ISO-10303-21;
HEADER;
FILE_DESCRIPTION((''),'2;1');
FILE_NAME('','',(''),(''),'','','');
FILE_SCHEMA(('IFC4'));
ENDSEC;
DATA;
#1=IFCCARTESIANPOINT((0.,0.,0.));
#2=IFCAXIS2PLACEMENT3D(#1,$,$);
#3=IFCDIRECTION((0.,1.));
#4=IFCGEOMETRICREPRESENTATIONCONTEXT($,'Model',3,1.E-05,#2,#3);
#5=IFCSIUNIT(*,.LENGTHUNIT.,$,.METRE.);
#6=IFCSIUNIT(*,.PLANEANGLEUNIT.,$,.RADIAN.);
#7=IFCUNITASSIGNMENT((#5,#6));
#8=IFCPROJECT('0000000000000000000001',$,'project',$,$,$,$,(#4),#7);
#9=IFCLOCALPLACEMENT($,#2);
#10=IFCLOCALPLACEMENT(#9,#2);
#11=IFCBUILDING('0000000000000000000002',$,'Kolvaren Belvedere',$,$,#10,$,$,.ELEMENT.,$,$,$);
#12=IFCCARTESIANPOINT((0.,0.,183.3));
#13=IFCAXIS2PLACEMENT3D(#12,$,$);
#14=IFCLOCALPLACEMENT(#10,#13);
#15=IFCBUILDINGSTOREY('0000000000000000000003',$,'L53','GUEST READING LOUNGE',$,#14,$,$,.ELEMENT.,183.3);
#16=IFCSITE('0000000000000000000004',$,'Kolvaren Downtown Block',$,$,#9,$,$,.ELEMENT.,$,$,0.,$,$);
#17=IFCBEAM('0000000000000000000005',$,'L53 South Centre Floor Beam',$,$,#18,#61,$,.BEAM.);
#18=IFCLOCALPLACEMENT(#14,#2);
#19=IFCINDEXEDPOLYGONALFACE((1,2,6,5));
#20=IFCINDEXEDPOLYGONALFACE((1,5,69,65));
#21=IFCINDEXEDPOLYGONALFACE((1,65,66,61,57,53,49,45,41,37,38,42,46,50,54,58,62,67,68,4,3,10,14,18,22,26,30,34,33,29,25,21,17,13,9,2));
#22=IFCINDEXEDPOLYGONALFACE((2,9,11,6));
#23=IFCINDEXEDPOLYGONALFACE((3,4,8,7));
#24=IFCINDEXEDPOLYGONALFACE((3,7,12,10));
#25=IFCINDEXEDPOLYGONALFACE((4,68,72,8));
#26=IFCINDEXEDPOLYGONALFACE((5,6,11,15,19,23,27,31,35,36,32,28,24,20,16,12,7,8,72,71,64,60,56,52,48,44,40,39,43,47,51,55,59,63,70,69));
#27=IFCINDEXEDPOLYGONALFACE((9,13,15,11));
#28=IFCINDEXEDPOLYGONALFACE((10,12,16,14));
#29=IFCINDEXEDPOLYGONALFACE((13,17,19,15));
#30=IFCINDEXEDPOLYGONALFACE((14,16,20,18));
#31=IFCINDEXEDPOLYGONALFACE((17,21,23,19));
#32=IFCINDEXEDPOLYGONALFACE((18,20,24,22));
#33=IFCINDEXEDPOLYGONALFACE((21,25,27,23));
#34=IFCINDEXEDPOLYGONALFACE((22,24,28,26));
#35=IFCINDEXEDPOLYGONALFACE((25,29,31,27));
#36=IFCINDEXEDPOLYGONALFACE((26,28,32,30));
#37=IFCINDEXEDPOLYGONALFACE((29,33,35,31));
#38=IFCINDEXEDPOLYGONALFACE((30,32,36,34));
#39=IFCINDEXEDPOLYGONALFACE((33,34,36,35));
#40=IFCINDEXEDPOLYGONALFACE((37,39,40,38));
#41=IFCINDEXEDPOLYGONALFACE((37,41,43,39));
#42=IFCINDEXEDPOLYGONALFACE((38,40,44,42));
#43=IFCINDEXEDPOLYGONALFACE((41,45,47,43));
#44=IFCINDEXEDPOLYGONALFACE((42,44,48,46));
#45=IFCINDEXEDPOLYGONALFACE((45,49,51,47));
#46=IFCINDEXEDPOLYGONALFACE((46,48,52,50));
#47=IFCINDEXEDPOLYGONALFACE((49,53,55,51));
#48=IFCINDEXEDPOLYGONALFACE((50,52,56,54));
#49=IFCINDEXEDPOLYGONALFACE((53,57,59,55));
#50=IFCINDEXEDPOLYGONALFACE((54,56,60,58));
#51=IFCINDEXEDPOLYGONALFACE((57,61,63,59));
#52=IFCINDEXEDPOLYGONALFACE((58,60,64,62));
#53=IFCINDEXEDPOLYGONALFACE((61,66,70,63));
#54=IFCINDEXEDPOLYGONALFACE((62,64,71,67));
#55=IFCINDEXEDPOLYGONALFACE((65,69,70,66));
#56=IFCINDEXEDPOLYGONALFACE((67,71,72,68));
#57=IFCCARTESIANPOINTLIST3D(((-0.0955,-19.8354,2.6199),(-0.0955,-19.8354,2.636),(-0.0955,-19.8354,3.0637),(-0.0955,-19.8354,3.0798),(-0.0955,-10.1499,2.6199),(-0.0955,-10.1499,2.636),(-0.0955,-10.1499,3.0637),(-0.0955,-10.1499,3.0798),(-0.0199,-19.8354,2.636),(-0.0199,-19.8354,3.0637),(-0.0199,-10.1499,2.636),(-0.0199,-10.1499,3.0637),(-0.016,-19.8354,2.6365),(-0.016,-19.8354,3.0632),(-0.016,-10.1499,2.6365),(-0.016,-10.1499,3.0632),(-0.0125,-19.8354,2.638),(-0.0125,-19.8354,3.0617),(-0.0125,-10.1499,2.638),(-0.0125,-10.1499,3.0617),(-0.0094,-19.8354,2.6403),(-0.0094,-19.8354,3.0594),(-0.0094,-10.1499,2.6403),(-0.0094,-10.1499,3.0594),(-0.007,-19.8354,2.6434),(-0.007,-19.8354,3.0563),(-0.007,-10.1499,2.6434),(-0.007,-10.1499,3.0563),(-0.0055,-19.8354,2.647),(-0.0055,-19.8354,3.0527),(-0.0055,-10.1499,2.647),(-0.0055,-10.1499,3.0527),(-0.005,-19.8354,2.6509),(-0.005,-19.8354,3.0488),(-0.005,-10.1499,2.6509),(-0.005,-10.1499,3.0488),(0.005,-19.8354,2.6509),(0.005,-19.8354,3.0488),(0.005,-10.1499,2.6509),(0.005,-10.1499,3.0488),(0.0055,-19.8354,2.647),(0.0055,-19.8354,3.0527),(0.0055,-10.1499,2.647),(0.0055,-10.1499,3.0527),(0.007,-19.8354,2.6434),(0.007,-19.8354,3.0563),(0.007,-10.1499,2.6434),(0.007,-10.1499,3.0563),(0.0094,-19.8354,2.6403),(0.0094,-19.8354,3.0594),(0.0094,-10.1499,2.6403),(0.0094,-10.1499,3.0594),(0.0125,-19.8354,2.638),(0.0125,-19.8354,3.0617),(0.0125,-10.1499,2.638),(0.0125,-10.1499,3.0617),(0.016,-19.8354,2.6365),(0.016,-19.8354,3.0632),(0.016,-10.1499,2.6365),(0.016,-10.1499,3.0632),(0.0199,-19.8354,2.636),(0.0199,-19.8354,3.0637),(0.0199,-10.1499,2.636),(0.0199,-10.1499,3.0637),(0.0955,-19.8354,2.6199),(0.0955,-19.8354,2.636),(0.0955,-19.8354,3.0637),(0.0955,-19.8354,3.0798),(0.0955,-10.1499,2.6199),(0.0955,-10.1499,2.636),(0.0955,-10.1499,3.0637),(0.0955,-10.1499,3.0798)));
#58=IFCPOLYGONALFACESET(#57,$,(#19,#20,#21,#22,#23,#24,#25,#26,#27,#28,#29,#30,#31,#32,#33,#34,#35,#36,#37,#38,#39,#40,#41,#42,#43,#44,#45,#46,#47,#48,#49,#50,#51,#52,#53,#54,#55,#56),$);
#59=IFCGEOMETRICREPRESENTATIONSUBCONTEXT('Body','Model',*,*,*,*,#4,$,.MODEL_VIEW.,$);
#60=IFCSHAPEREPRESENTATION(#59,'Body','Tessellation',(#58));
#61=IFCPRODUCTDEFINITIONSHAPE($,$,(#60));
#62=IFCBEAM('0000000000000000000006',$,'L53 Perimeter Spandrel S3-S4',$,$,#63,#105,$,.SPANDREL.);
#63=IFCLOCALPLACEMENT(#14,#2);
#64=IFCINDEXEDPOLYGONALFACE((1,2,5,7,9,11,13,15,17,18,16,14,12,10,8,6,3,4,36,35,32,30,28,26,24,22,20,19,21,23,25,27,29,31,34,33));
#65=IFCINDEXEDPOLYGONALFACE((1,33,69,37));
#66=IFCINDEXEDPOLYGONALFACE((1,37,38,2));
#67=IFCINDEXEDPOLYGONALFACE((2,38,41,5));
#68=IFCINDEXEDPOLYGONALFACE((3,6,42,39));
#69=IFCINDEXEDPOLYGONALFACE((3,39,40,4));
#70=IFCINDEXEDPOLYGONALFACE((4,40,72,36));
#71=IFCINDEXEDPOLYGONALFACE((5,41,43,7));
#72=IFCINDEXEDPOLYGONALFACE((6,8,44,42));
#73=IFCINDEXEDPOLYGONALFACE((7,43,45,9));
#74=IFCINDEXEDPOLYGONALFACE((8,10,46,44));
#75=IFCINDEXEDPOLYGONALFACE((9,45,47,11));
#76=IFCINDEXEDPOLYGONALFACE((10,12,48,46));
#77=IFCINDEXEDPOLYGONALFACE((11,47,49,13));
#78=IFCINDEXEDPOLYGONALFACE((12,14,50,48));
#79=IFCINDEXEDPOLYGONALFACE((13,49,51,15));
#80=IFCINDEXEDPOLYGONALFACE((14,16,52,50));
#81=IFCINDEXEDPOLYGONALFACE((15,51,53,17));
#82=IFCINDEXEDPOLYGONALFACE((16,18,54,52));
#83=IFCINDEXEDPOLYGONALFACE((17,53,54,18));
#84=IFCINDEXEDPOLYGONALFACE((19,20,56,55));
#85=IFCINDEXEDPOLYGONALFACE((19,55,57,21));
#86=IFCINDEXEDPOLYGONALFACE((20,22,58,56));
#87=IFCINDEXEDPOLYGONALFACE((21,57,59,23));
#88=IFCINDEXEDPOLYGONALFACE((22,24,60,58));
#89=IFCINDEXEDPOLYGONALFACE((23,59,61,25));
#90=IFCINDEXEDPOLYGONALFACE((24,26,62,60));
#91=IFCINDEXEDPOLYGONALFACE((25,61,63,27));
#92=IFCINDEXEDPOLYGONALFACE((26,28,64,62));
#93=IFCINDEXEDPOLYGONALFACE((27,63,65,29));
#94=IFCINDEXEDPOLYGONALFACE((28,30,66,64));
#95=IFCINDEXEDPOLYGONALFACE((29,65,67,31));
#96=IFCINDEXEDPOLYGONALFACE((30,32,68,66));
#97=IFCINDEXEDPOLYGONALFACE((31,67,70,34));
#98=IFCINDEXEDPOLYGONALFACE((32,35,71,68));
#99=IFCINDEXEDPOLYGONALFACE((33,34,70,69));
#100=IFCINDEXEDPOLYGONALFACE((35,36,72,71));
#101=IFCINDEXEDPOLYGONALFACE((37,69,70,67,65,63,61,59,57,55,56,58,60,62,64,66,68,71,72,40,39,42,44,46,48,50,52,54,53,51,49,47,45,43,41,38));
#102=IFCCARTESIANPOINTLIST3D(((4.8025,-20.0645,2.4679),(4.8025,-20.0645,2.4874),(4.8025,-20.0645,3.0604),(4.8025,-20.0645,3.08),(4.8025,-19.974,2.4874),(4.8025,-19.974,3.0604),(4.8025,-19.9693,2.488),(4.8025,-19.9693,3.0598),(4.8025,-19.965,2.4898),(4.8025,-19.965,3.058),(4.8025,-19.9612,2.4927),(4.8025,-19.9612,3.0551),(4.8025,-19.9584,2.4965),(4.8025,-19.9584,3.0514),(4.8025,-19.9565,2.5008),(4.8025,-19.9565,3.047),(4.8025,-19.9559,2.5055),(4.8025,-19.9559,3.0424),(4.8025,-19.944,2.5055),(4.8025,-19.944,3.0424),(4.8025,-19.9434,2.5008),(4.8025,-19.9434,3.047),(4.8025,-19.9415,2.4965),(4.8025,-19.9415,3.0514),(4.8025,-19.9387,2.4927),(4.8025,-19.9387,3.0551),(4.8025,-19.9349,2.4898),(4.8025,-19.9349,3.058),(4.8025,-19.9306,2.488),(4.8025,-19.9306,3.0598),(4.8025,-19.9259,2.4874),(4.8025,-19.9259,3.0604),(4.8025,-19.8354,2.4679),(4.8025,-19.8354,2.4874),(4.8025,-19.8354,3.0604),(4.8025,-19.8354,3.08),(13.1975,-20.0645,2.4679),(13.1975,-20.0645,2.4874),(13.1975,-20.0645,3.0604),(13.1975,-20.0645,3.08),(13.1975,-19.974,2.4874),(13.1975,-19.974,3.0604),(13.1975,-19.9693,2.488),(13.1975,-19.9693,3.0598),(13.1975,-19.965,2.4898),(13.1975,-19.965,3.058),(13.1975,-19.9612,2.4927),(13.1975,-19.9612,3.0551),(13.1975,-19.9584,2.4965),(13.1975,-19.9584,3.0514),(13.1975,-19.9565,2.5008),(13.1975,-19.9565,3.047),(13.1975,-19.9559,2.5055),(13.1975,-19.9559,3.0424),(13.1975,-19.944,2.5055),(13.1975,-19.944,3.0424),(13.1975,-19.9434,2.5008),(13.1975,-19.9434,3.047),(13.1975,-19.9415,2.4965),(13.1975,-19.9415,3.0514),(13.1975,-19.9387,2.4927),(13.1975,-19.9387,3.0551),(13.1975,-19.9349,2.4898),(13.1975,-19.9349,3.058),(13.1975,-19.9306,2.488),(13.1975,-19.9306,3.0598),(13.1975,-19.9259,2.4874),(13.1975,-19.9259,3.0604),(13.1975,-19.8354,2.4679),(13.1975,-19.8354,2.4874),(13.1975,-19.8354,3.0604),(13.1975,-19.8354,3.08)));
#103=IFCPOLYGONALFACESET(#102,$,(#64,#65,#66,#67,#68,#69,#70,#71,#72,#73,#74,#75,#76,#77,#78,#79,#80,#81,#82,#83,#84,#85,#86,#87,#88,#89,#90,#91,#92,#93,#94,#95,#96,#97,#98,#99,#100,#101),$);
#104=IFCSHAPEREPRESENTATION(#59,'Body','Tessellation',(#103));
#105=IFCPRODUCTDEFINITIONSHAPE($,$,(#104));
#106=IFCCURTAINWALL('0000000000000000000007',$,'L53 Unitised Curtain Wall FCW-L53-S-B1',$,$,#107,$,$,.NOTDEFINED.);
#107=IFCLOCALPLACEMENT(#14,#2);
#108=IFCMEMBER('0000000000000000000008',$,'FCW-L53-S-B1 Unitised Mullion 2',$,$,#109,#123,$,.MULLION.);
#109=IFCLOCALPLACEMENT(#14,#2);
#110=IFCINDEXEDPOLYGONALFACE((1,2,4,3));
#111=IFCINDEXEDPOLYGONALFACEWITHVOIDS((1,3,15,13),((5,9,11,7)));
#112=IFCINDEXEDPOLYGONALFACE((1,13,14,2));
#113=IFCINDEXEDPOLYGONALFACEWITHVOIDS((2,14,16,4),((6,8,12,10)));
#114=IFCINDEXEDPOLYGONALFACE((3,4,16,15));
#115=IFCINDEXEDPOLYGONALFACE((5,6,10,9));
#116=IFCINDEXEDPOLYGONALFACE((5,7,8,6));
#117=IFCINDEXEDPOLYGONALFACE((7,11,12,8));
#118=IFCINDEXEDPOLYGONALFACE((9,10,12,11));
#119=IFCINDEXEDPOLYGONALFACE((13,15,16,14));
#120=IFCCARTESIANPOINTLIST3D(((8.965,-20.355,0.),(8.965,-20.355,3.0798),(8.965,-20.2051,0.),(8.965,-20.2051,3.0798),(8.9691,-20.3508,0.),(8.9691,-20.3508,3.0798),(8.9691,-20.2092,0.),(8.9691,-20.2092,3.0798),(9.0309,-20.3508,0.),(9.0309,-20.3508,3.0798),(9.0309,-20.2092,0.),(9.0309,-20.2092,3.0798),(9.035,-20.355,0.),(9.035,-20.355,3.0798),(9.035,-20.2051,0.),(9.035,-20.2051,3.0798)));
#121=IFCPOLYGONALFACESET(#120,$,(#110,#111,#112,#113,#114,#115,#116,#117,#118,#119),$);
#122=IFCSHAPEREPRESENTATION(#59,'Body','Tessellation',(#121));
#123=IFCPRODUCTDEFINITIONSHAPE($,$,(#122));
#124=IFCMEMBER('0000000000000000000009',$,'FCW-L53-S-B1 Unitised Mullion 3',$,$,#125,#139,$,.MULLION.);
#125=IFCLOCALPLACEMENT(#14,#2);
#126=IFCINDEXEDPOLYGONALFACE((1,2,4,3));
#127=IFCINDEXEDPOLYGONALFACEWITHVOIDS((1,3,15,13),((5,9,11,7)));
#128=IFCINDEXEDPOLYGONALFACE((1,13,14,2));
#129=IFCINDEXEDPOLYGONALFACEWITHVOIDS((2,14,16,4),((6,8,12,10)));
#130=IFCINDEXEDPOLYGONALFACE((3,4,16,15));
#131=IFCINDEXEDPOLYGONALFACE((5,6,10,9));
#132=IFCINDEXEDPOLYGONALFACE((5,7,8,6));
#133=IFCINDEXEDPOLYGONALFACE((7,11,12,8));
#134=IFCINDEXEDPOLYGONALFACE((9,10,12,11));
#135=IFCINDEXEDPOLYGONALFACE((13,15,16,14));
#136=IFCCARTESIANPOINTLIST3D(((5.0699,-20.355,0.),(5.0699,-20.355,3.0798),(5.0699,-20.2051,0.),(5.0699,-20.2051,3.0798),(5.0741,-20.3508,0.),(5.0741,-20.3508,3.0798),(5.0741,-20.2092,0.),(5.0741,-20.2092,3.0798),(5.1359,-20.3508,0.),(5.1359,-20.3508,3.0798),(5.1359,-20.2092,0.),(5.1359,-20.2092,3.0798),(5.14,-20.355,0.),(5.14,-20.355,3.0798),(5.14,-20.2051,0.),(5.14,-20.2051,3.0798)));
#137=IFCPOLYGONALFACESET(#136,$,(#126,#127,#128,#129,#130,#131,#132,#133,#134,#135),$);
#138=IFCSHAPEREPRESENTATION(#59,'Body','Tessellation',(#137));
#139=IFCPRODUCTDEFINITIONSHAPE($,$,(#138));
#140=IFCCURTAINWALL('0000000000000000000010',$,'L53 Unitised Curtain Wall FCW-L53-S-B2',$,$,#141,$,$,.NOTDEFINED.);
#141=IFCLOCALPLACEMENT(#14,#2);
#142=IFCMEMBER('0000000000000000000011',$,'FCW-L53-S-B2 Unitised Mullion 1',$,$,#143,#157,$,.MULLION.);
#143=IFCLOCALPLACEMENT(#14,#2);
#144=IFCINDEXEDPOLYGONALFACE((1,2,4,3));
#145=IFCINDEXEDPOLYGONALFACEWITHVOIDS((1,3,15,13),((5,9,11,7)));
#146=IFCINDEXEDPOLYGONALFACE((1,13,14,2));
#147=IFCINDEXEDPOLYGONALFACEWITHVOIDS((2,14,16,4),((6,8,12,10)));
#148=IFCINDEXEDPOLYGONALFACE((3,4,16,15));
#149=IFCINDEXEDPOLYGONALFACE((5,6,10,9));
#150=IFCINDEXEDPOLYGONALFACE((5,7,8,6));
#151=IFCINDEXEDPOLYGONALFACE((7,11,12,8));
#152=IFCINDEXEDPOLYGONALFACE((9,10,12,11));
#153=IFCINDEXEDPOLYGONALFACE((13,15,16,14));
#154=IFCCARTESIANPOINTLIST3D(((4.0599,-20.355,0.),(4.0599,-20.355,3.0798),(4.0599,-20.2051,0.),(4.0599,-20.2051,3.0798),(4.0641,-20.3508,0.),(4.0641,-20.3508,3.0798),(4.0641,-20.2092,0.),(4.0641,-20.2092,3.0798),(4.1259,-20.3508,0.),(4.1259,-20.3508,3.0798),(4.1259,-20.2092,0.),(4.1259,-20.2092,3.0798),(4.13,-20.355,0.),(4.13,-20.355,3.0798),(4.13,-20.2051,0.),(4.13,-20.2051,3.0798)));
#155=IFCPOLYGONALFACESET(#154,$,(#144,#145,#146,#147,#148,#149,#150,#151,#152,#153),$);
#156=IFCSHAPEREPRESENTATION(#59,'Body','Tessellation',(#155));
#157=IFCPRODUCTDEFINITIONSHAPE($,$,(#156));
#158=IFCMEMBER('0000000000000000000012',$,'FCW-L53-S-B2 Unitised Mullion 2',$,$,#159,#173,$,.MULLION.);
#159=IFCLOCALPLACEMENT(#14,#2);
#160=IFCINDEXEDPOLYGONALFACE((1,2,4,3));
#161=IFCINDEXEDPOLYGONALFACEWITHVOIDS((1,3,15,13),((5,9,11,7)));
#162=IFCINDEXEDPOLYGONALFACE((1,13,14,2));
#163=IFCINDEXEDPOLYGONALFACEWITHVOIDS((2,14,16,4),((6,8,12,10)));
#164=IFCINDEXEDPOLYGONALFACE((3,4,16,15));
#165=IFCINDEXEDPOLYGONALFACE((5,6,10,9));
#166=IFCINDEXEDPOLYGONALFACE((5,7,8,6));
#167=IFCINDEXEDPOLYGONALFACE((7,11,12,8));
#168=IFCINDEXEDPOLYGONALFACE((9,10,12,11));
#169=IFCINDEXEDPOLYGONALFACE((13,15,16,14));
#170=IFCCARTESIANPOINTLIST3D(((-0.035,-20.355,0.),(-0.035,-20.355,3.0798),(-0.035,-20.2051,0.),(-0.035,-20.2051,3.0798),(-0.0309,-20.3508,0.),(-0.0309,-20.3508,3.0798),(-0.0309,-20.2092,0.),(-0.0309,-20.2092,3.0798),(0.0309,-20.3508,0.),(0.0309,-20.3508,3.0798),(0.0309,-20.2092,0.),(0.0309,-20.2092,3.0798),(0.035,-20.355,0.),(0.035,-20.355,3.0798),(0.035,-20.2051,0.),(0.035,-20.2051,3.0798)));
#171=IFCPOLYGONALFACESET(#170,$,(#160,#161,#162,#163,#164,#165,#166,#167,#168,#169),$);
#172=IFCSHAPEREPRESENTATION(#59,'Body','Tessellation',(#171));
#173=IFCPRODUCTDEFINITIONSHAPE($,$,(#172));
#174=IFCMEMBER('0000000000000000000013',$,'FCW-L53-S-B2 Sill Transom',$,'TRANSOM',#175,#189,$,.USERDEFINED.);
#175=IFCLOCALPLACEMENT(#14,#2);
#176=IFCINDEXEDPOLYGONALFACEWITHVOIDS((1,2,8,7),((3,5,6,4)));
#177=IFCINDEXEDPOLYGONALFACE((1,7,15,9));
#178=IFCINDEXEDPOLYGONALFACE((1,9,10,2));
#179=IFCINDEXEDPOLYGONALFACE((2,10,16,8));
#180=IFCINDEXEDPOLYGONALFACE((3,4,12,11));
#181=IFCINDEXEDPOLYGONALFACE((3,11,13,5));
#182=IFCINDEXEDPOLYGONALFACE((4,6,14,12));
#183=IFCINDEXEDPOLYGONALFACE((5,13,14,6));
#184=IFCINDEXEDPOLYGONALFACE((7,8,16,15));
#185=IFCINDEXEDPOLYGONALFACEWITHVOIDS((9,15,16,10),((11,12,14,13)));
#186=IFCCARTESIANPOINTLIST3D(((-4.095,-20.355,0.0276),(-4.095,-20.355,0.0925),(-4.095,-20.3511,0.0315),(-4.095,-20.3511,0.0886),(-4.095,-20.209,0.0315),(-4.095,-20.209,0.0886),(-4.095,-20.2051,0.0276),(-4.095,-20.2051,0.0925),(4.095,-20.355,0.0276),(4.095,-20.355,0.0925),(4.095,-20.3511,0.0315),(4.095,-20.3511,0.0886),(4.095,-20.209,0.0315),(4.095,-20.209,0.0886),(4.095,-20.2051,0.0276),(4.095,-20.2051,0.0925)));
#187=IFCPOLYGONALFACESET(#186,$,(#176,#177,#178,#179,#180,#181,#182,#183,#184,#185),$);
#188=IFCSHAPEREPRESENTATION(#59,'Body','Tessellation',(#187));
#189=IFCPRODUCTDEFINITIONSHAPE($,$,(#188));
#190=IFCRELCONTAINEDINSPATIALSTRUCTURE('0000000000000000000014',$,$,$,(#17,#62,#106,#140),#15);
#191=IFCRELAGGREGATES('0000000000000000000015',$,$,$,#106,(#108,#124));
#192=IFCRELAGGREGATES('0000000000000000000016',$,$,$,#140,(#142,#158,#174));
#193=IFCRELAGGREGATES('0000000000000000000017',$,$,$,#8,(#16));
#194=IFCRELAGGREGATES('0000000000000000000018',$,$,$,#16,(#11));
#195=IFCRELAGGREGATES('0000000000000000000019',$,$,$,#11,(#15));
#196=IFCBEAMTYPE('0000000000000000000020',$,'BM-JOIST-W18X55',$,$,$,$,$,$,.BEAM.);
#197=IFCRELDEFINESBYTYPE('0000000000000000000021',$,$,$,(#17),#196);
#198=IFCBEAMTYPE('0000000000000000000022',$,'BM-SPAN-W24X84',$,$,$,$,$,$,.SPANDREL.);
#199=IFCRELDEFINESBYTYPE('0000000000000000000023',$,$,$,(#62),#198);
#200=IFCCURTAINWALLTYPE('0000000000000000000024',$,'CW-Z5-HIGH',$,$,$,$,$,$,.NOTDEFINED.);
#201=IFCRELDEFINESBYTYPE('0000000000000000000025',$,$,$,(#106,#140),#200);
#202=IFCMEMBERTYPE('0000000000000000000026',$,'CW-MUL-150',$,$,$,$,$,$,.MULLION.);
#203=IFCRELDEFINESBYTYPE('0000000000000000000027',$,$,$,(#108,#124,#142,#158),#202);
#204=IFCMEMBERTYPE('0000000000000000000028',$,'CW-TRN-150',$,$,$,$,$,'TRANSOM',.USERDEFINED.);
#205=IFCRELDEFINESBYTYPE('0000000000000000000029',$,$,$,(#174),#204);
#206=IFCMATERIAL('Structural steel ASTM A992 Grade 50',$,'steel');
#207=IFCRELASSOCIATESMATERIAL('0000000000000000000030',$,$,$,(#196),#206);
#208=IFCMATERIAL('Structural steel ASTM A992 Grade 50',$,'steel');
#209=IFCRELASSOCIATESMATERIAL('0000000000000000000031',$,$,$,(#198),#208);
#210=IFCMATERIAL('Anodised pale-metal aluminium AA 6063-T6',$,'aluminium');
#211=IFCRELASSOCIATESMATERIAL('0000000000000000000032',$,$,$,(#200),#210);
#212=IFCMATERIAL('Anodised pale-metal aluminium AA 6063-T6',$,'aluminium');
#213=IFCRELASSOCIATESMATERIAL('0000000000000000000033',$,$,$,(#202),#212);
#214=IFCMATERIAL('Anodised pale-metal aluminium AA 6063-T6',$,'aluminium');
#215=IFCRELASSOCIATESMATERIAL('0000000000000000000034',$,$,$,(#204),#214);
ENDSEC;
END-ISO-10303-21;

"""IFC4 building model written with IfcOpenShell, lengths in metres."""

from ifc_helpers import new_model, si_unit, direction, frame, origin, origin_2d, place, context, subcontext, project, spatial, hollow_rectangle, i_section, extrude, material, material_profile, profile_set, type_object, element, aggregate, save


model = new_model("IFC4")

# Units and contexts
model_context = context("Model", 3, precision=1e-05, world=origin(), true_north=direction((0.0, 1.0)))
body_context = subcontext(model_context, "Body", "Model", "MODEL_VIEW")
ifc_project = project(units=[si_unit("LENGTHUNIT", "METRE"), si_unit("PLANEANGLEUNIT", "RADIAN")], contexts=[model_context])

# Site, building, storey
site_placement = place(None, origin())
site = spatial("IfcSite", under=ifc_project, at=site_placement, Name="Kolvaren Downtown Block", CompositionType="ELEMENT", RefElevation=0.0)
building_placement = place(site_placement, origin())
building = spatial("IfcBuilding", under=site, at=building_placement, Name="Kolvaren Belvedere", CompositionType="ELEMENT")
storey_placement = place(building_placement, frame((0.0, 0.0, 183.3)))
storey = spatial("IfcBuildingStorey", under=building, at=storey_placement, Name="L53", Description="GUEST READING LOUNGE", CompositionType="ELEMENT", Elevation=183.3)

# Beams
ifc_material_1 = material(Name="Structural steel ASTM A992 Grade 50", Category="steel")
ifc_material_profile_1 = material_profile(ifc_material_1, i_section(OverallWidth=0.1909, OverallDepth=0.46, WebThickness=0.01, FlangeThickness=0.0161, FilletRadius=0.0149, at=origin_2d()), Name="W18X55")
ifc_profile_set_1 = profile_set([ifc_material_profile_1], Name="Structural steel ASTM A992 Grade 50")
beam_type_1 = type_object("IfcBeamType", Name="BM-JOIST-W18X55", PredefinedType="BEAM", material=ifc_profile_set_1)
beam_1_placement = place(storey_placement, frame((0.0, -10.1499, 2.8499), z_axis=(0.0, -1.0, 0.0), x_axis=(1.0, 0.0, 0.0)))
element("IfcBeam", 1, at=beam_1_placement, inside=storey, type_object=beam_type_1, Name="L53 South Centre Floor Beam", PredefinedType="BEAM", context=body_context, shape_type="SweptSolid", body=[
    extrude(i_section(OverallWidth=0.1909, OverallDepth=0.46, WebThickness=0.01, FlangeThickness=0.0161, FilletRadius=0.0149, at=origin_2d()), origin(), (0.0, 0.0, 1.0), 9.6855),
])
ifc_material_2 = material(Name="Structural steel ASTM A992 Grade 50", Category="steel")
ifc_material_profile_2 = material_profile(ifc_material_2, i_section(OverallWidth=0.229, OverallDepth=0.6121, WebThickness=0.012, FlangeThickness=0.0195, FilletRadius=0.0181, at=origin_2d()), Name="W24X84")
ifc_profile_set_2 = profile_set([ifc_material_profile_2], Name="Structural steel ASTM A992 Grade 50")
beam_type_2 = type_object("IfcBeamType", Name="BM-SPAN-W24X84", PredefinedType="SPANDREL", material=ifc_profile_set_2)
beam_2_placement = place(storey_placement, frame((4.8025, -19.95, 2.7739), z_axis=(1.0, 0.0, 0.0), x_axis=(0.0, 1.0, 0.0)))
element("IfcBeam", 2, at=beam_2_placement, inside=storey, type_object=beam_type_2, Name="L53 Perimeter Spandrel S3-S4", PredefinedType="SPANDREL", context=body_context, shape_type="SweptSolid", body=[
    extrude(i_section(OverallWidth=0.229, OverallDepth=0.6121, WebThickness=0.012, FlangeThickness=0.0195, FilletRadius=0.0181, at=origin_2d()), origin(), (0.0, 0.0, 1.0), 8.395),
])

# Curtain walls, members
ifc_material_3 = material(Name="Anodised pale-metal aluminium AA 6063-T6", Category="aluminium")
curtain_wall_type = type_object("IfcCurtainWallType", Name="CW-Z5-HIGH", PredefinedType="NOTDEFINED", material=ifc_material_3)
curtain_wall_1_placement = place(storey_placement, origin())
curtain_wall_1 = element("IfcCurtainWall", 3, at=curtain_wall_1_placement, inside=storey, type_object=curtain_wall_type, Name="L53 Unitised Curtain Wall FCW-L53-S-B1", PredefinedType="NOTDEFINED")
ifc_material_4 = material(Name="Anodised pale-metal aluminium AA 6063-T6", Category="aluminium")
ifc_material_profile_3 = material_profile(ifc_material_4, hollow_rectangle(XDim=0.0701, YDim=0.1499, WallThickness=0.0042, at=origin_2d()), Name="ALU-MUL-150X70")
ifc_profile_set_3 = profile_set([ifc_material_profile_3], Name="Anodised pale-metal aluminium AA 6063-T6")
member_type_1 = type_object("IfcMemberType", Name="CW-MUL-150", PredefinedType="MULLION", material=ifc_profile_set_3)
member_1_placement = place(storey_placement, frame((9.0, -20.28, 0.0), z_axis=(0.0, 0.0, 1.0), x_axis=(1.0, 0.0, 0.0)))
member_1 = element("IfcMember", 4, at=member_1_placement, type_object=member_type_1, Name="FCW-L53-S-B1 Unitised Mullion 2", PredefinedType="MULLION", context=body_context, shape_type="SweptSolid", body=[
    extrude(hollow_rectangle(XDim=0.0701, YDim=0.1499, WallThickness=0.0042, at=origin_2d()), origin(), (0.0, 0.0, 1.0), 3.0798),
])
member_2_placement = place(storey_placement, frame((5.105, -20.28, 0.0), z_axis=(0.0, 0.0, 1.0), x_axis=(1.0, 0.0, 0.0)))
member_2 = element("IfcMember", 5, at=member_2_placement, type_object=member_type_1, Name="FCW-L53-S-B1 Unitised Mullion 3", PredefinedType="MULLION", context=body_context, shape_type="SweptSolid", body=[
    extrude(hollow_rectangle(XDim=0.0701, YDim=0.1499, WallThickness=0.0042, at=origin_2d()), origin(), (0.0, 0.0, 1.0), 3.0798),
])
curtain_wall_2_placement = place(storey_placement, origin())
curtain_wall_2 = element("IfcCurtainWall", 6, at=curtain_wall_2_placement, inside=storey, type_object=curtain_wall_type, Name="L53 Unitised Curtain Wall FCW-L53-S-B2", PredefinedType="NOTDEFINED")
member_3_placement = place(storey_placement, frame((4.095, -20.28, 0.0), z_axis=(0.0, 0.0, 1.0), x_axis=(1.0, 0.0, 0.0)))
member_3 = element("IfcMember", 7, at=member_3_placement, type_object=member_type_1, Name="FCW-L53-S-B2 Unitised Mullion 1", PredefinedType="MULLION", context=body_context, shape_type="SweptSolid", body=[
    extrude(hollow_rectangle(XDim=0.0701, YDim=0.1499, WallThickness=0.0042, at=origin_2d()), origin(), (0.0, 0.0, 1.0), 3.0798),
])
member_4_placement = place(storey_placement, frame((0.0, -20.28, 0.0), z_axis=(0.0, 0.0, 1.0), x_axis=(1.0, 0.0, 0.0)))
member_4 = element("IfcMember", 8, at=member_4_placement, type_object=member_type_1, Name="FCW-L53-S-B2 Unitised Mullion 2", PredefinedType="MULLION", context=body_context, shape_type="SweptSolid", body=[
    extrude(hollow_rectangle(XDim=0.0701, YDim=0.1499, WallThickness=0.0042, at=origin_2d()), origin(), (0.0, 0.0, 1.0), 3.0798),
])
ifc_material_5 = material(Name="Anodised pale-metal aluminium AA 6063-T6", Category="aluminium")
ifc_material_profile_4 = material_profile(ifc_material_5, hollow_rectangle(XDim=0.0649, YDim=0.1499, WallThickness=0.0039, at=origin_2d()), Name="ALU-TRN-150X65")
ifc_profile_set_4 = profile_set([ifc_material_profile_4], Name="Anodised pale-metal aluminium AA 6063-T6")
member_type_2 = type_object("IfcMemberType", Name="CW-TRN-150", ElementType="TRANSOM", PredefinedType="USERDEFINED", material=ifc_profile_set_4)
member_5_placement = place(storey_placement, frame((4.095, -20.28, 0.0601), z_axis=(-1.0, 0.0, 0.0), x_axis=(0.0, 0.0, 1.0)))
member_5 = element("IfcMember", 9, at=member_5_placement, type_object=member_type_2, Name="FCW-L53-S-B2 Sill Transom", ObjectType="TRANSOM", PredefinedType="USERDEFINED", context=body_context, shape_type="SweptSolid", body=[
    extrude(hollow_rectangle(XDim=0.0649, YDim=0.1499, WallThickness=0.0039, at=origin_2d()), origin(), (0.0, 0.0, 1.0), 8.1899),
])

aggregate(curtain_wall_1, [member_1, member_2])
aggregate(curtain_wall_2, [member_3, member_4, member_5])

save(model, "model.ifc")
